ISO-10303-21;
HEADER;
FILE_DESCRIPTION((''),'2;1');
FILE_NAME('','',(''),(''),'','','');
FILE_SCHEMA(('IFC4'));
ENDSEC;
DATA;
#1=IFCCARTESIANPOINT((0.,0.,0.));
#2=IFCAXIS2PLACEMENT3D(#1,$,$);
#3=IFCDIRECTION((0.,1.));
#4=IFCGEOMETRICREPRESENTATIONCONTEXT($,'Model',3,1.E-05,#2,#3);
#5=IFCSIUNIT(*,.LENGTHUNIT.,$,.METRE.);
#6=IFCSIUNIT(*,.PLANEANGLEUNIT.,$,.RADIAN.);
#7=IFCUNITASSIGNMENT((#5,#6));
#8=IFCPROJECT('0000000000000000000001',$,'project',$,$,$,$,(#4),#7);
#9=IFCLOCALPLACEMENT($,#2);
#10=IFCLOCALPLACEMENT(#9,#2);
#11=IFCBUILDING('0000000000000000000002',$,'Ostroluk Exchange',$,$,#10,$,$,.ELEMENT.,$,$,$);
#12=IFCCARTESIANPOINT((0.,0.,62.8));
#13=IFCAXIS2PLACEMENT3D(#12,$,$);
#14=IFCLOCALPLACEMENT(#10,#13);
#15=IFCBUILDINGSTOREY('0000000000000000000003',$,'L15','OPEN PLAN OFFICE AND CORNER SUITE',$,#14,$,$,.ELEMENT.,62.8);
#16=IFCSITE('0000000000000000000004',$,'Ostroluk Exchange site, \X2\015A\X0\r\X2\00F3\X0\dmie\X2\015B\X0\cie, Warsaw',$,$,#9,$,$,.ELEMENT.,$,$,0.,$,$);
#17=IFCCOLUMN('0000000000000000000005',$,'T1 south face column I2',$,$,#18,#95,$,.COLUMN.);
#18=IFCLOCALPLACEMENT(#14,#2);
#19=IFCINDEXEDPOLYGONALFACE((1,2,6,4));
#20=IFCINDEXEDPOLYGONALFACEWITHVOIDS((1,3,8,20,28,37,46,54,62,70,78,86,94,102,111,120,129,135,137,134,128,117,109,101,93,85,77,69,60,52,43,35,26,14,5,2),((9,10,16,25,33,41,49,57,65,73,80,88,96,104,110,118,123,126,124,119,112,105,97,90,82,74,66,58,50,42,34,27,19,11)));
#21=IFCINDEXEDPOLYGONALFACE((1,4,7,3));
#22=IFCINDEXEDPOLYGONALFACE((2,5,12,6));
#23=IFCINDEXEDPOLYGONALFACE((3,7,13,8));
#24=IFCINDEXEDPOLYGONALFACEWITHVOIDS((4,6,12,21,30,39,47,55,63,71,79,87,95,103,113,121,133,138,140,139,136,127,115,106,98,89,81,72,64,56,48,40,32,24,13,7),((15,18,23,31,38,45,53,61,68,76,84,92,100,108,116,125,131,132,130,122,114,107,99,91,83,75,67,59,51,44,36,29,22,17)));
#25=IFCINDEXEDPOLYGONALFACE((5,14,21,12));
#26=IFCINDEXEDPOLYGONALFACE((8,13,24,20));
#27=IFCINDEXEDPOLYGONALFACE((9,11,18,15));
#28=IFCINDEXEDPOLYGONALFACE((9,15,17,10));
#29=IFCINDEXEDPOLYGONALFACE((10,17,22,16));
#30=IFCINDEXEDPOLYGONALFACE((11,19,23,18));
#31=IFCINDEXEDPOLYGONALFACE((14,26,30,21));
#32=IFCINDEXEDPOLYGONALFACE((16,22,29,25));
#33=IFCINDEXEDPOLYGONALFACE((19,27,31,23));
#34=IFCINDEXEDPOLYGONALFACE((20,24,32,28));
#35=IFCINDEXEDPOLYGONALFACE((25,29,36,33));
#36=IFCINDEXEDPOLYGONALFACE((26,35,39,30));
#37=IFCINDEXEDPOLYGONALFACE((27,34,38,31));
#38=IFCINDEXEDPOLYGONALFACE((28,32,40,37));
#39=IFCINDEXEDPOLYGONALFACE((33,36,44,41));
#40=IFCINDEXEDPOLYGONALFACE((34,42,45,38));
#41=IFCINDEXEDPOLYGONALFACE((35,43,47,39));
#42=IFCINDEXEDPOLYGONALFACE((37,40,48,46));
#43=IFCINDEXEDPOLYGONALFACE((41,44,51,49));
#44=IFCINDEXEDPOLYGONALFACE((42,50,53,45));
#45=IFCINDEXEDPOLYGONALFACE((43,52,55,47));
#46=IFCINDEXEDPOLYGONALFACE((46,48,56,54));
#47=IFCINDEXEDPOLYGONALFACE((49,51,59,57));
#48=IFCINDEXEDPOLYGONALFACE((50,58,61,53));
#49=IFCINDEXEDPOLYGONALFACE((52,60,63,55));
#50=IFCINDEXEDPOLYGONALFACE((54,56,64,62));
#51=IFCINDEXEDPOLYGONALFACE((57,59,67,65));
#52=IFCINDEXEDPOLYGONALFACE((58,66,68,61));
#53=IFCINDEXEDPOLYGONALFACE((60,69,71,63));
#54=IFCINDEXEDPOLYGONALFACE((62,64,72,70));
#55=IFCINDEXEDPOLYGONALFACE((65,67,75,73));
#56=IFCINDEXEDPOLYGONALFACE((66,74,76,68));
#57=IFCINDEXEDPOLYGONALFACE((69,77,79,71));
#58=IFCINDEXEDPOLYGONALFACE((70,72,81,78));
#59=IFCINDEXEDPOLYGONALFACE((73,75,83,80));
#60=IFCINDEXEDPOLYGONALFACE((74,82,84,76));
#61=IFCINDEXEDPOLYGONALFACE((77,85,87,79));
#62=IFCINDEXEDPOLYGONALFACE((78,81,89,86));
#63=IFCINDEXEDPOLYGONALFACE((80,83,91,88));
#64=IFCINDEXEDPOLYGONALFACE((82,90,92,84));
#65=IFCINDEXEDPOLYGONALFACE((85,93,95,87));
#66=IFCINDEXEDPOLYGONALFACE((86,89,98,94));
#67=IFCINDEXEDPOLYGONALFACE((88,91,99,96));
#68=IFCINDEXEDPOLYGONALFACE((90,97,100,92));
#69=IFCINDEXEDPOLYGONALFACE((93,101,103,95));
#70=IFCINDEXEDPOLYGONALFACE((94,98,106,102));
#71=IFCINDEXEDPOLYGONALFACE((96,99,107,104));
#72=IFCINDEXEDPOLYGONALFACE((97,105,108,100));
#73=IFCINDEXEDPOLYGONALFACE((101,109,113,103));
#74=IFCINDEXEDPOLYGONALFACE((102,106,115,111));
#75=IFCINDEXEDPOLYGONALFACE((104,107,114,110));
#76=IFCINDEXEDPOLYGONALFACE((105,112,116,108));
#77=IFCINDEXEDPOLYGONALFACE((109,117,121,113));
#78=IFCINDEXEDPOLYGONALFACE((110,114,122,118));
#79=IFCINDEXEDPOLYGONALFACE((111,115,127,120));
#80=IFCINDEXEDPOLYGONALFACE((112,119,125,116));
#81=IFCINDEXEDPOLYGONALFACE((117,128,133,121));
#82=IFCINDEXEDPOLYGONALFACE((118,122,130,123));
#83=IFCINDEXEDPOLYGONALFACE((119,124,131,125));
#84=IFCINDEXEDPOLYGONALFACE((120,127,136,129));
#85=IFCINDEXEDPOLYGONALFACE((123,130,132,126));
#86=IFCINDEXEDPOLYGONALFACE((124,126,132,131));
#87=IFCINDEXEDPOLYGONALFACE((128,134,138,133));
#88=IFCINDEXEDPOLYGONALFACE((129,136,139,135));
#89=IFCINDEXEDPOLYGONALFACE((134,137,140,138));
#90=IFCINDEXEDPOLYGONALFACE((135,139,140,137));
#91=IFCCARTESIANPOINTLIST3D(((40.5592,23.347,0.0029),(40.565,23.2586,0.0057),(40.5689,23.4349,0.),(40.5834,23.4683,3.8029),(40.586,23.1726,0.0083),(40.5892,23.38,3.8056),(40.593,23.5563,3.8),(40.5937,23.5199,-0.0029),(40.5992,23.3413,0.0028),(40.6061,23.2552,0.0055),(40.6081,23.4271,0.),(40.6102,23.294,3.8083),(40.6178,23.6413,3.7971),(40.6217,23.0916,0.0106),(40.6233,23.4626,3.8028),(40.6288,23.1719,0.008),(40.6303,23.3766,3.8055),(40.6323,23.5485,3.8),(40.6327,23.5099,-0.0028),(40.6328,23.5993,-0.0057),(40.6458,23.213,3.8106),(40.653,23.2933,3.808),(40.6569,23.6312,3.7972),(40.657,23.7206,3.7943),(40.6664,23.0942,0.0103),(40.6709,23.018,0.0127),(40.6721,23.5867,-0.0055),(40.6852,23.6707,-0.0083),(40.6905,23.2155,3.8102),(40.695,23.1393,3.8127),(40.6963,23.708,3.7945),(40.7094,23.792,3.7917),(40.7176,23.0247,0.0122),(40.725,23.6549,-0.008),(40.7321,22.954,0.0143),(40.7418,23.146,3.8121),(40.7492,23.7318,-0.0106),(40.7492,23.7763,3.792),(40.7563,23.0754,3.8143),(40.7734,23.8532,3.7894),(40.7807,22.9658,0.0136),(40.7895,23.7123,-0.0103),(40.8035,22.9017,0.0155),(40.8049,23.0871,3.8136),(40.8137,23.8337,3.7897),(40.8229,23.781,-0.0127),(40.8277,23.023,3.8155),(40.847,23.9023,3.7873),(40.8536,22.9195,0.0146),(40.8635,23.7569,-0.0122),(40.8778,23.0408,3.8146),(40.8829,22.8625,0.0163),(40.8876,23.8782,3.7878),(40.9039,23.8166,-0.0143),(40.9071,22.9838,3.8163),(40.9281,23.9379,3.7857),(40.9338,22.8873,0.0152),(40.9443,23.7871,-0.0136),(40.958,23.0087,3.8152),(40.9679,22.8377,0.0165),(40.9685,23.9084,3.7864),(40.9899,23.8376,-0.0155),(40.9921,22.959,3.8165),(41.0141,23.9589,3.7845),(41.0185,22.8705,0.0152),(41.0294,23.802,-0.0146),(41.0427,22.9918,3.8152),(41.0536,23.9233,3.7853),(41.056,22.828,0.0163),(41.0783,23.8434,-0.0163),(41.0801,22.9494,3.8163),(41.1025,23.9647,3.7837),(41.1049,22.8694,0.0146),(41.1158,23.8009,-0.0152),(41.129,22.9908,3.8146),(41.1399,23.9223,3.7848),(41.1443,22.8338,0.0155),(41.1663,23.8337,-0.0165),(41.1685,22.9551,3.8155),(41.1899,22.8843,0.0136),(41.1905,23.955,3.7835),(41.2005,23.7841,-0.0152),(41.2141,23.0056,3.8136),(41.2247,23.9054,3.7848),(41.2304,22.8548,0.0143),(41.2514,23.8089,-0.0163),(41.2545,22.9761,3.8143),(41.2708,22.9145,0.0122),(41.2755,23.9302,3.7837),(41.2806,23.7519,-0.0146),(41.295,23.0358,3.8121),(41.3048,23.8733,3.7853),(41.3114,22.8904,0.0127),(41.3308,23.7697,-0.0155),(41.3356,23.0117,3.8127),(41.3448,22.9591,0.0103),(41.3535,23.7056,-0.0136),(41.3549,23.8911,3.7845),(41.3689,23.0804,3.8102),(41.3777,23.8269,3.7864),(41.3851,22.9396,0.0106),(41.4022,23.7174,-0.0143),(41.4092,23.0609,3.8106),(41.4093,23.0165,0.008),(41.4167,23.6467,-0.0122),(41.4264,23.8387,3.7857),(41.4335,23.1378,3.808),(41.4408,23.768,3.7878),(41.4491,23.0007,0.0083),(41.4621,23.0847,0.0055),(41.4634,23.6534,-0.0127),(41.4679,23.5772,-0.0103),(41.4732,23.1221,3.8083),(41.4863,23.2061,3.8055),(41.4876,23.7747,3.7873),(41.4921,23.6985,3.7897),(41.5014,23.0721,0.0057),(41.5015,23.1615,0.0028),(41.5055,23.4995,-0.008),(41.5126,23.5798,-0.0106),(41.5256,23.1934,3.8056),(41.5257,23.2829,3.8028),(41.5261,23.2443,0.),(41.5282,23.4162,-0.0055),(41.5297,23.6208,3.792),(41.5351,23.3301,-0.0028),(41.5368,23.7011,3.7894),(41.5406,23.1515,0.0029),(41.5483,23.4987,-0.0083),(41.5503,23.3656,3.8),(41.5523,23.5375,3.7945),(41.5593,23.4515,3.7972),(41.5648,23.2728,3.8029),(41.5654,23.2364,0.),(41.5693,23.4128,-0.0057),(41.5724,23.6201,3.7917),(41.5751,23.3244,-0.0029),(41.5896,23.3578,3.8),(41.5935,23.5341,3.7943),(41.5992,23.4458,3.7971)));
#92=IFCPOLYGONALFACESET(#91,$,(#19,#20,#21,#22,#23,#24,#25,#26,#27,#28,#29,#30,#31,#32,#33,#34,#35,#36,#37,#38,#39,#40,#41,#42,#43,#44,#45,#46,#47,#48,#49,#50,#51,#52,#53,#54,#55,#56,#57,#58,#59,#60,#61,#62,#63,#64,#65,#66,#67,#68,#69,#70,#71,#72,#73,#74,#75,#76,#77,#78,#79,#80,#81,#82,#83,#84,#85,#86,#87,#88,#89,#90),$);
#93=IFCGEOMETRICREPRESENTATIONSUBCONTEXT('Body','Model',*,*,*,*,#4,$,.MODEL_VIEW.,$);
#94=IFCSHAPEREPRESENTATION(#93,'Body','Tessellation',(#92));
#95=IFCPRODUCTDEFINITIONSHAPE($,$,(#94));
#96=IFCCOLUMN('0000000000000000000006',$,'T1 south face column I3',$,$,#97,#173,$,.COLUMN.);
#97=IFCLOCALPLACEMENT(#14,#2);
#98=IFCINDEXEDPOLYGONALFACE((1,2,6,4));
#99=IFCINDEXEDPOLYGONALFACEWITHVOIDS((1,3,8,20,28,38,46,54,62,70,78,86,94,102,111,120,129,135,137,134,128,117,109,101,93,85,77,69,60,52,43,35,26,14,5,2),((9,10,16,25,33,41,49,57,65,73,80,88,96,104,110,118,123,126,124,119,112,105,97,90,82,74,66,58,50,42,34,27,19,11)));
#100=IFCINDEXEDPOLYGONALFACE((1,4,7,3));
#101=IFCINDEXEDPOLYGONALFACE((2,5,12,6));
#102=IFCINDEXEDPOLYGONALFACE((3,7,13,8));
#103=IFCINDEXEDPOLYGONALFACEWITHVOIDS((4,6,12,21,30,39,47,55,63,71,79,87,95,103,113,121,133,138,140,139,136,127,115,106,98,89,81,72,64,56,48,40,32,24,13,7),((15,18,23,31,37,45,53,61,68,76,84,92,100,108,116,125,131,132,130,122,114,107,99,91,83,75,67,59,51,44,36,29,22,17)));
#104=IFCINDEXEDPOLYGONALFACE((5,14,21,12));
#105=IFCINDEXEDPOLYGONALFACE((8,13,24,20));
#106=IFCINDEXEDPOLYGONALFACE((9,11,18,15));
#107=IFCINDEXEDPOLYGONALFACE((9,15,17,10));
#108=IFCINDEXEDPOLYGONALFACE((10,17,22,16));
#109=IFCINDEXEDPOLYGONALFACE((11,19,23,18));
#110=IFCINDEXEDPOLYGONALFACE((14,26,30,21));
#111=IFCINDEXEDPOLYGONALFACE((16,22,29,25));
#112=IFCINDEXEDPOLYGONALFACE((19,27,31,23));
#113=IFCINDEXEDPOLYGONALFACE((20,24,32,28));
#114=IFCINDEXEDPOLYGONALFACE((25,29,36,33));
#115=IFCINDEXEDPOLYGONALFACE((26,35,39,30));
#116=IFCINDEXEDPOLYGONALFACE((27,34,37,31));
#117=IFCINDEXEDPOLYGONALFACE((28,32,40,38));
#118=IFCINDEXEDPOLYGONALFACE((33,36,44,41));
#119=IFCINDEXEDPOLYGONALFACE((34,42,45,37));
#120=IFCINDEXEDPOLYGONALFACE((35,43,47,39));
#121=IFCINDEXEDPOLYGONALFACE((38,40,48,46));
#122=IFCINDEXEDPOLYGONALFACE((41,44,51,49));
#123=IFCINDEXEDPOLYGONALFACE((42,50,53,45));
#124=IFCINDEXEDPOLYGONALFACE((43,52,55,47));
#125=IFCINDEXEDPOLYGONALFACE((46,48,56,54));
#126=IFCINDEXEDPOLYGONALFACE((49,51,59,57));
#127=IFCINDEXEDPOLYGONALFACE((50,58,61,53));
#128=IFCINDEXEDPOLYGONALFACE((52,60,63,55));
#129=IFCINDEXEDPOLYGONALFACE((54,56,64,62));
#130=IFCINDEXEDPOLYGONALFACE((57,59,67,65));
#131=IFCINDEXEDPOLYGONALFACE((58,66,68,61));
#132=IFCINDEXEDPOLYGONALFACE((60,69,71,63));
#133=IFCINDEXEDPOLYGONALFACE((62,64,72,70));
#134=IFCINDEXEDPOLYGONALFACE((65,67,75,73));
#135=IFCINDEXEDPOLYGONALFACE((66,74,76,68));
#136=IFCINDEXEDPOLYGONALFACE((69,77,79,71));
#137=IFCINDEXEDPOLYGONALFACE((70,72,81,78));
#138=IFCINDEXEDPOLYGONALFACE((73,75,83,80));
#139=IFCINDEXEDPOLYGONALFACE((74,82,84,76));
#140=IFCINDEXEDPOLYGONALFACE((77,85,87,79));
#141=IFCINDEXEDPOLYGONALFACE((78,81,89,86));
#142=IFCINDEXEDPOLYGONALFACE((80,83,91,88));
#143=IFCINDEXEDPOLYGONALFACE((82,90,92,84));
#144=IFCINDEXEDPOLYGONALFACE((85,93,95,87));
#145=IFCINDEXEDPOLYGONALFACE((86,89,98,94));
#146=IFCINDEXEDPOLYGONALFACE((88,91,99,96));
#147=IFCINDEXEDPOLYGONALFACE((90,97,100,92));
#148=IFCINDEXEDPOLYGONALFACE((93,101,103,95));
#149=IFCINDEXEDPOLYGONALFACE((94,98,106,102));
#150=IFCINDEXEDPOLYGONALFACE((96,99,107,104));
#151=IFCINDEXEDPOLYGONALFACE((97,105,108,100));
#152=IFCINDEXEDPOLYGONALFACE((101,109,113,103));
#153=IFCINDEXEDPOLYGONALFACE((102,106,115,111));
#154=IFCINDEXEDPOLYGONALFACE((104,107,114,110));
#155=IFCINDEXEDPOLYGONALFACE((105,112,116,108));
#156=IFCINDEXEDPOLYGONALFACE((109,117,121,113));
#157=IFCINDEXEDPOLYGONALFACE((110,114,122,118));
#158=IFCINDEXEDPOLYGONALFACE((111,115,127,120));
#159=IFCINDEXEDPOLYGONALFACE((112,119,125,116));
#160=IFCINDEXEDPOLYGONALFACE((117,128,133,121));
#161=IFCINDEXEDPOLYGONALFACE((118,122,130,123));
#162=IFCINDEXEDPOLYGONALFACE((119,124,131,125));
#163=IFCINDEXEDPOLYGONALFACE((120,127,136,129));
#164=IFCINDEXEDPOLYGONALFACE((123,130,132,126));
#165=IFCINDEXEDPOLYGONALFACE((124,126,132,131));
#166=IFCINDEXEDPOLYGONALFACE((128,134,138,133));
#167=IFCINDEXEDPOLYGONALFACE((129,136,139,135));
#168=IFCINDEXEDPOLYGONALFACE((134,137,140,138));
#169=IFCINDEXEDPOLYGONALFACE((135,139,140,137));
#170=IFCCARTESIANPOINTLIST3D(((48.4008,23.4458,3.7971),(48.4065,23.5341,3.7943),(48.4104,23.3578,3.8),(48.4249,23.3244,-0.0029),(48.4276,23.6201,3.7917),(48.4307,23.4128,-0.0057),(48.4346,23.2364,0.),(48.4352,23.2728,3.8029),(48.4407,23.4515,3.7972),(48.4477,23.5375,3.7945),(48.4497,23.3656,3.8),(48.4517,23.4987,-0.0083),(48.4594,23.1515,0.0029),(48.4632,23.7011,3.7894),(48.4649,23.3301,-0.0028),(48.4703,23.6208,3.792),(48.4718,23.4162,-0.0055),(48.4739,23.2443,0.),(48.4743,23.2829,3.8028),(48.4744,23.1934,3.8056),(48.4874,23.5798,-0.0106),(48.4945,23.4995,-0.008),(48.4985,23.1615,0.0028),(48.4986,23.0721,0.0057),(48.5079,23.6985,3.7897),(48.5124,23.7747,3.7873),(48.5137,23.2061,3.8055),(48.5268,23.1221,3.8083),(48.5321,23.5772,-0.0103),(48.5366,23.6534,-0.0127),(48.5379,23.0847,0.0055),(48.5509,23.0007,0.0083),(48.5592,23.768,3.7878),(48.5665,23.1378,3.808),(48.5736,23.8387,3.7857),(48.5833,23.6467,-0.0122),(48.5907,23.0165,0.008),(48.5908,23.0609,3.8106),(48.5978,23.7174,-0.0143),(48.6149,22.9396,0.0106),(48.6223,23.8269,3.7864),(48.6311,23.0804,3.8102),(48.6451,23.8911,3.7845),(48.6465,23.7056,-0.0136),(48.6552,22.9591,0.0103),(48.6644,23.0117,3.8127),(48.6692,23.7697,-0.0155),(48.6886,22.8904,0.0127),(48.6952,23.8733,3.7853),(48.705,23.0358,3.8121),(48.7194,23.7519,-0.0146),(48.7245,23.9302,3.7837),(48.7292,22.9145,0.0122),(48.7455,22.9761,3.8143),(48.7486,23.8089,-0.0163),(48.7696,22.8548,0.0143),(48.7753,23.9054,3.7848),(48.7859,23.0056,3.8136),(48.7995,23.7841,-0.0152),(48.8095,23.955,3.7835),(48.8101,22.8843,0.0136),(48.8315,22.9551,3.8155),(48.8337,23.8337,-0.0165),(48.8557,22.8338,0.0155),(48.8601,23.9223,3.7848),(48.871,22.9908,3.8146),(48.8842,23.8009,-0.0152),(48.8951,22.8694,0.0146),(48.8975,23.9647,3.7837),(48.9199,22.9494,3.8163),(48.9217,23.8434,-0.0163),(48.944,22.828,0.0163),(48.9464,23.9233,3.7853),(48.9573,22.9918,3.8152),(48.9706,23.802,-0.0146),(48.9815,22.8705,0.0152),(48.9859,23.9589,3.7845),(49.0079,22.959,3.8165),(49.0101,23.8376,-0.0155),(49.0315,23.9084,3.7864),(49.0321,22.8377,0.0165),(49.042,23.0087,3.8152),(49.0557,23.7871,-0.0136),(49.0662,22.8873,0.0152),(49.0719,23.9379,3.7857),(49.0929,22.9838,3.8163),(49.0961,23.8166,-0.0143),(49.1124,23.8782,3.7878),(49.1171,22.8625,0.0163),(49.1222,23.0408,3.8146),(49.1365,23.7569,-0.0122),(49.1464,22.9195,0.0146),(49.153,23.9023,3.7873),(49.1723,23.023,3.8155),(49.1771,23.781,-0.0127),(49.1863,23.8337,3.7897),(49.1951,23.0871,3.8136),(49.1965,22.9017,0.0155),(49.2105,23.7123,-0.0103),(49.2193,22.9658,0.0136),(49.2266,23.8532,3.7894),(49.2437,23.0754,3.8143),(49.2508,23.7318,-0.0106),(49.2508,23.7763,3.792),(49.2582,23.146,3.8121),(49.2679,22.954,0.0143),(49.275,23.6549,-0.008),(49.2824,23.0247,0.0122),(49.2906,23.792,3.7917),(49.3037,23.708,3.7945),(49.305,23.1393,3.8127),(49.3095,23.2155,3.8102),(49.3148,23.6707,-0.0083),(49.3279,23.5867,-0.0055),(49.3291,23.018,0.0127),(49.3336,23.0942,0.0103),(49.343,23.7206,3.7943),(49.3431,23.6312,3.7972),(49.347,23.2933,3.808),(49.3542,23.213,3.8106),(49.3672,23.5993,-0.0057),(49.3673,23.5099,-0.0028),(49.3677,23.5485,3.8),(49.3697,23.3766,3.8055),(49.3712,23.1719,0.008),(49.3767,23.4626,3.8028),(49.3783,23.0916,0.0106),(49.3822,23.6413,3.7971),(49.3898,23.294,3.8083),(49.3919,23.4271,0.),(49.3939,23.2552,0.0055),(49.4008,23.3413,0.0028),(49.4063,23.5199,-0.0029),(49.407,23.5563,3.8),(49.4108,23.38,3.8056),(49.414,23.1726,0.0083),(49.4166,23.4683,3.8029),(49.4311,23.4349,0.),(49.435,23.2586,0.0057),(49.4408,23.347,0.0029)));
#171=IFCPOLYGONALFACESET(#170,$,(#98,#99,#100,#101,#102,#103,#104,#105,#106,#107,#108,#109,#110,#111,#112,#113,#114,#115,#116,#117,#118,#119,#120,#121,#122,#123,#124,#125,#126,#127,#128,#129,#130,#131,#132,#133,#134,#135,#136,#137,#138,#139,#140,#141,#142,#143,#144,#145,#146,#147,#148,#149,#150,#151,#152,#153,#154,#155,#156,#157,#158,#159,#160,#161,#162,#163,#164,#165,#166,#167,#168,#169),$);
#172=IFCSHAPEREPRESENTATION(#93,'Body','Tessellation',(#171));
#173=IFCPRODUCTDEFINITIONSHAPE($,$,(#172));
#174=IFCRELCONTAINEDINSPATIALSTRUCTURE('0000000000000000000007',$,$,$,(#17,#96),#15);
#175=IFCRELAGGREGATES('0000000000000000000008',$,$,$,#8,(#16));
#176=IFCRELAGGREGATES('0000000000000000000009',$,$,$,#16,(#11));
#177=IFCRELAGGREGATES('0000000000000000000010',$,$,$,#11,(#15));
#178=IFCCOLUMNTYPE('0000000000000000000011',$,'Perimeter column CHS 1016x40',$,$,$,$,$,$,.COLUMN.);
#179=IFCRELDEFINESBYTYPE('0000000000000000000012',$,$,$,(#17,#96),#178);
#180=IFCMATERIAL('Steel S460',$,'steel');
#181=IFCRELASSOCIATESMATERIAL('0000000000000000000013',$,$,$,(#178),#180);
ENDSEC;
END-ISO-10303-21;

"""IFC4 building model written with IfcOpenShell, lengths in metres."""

from ifc_helpers import new_model, si_unit, direction, frame, origin, origin_2d, place, context, subcontext, project, spatial, hollow_circle, extrude, material, material_profile, profile_set, type_object, element, save


model = new_model("IFC4")

# Units and contexts
model_context = context("Model", 3, precision=1e-05, world=origin(), true_north=direction((0.0, 1.0)))
body_context = subcontext(model_context, "Body", "Model", "MODEL_VIEW")
ifc_project = project(units=[si_unit("LENGTHUNIT", "METRE"), si_unit("PLANEANGLEUNIT", "RADIAN")], contexts=[model_context])

# Site, building, storey
site_placement = place(None, origin())
site = spatial("IfcSite", under=ifc_project, at=site_placement, Name="Ostroluk Exchange site, Śródmieście, Warsaw", CompositionType="ELEMENT", RefElevation=0.0)
building_placement = place(site_placement, origin())
building = spatial("IfcBuilding", under=site, at=building_placement, Name="Ostroluk Exchange", CompositionType="ELEMENT")
storey_placement = place(building_placement, frame((0.0, 0.0, 62.8)))
storey = spatial("IfcBuildingStorey", under=building, at=storey_placement, Name="L15", Description="OPEN PLAN OFFICE AND CORNER SUITE", CompositionType="ELEMENT", Elevation=62.8)

# Columns
ifc_material_1 = material(Name="Steel S460", Category="steel")
ifc_material_profile_1 = material_profile(ifc_material_1, hollow_circle(Radius=0.5081, WallThickness=0.04, at=origin_2d()), Name="CHS 1016x40")
ifc_profile_set_1 = profile_set([ifc_material_profile_1], Name="Steel S460")
column_type = type_object("IfcColumnType", Name="Perimeter column CHS 1016x40", PredefinedType="COLUMN", material=ifc_profile_set_1)
for number, where, z_axis, x_axis, name in (
    (1, (41.0671, 23.3357, 0.0), (0.006357, 0.031914, 0.99947), (-0.980732, 0.195357, 0.0), "T1 south face column I2"),
    (2, (48.9329, 23.3357, 0.0), (-0.006357, 0.031914, 0.99947), (-0.980732, -0.195357, 0.0), "T1 south face column I3"),
):
    element("IfcColumn", number, at=place(storey_placement, frame(where, z_axis=z_axis, x_axis=x_axis)), inside=storey, type_object=column_type, Name=name, PredefinedType="COLUMN", context=body_context, shape_type="SweptSolid", body=[
        extrude(hollow_circle(Radius=0.5081, WallThickness=0.04, at=origin_2d()), origin(), (0.0, 0.0, 1.0), 3.802),
    ])

save(model, "model.ifc")
